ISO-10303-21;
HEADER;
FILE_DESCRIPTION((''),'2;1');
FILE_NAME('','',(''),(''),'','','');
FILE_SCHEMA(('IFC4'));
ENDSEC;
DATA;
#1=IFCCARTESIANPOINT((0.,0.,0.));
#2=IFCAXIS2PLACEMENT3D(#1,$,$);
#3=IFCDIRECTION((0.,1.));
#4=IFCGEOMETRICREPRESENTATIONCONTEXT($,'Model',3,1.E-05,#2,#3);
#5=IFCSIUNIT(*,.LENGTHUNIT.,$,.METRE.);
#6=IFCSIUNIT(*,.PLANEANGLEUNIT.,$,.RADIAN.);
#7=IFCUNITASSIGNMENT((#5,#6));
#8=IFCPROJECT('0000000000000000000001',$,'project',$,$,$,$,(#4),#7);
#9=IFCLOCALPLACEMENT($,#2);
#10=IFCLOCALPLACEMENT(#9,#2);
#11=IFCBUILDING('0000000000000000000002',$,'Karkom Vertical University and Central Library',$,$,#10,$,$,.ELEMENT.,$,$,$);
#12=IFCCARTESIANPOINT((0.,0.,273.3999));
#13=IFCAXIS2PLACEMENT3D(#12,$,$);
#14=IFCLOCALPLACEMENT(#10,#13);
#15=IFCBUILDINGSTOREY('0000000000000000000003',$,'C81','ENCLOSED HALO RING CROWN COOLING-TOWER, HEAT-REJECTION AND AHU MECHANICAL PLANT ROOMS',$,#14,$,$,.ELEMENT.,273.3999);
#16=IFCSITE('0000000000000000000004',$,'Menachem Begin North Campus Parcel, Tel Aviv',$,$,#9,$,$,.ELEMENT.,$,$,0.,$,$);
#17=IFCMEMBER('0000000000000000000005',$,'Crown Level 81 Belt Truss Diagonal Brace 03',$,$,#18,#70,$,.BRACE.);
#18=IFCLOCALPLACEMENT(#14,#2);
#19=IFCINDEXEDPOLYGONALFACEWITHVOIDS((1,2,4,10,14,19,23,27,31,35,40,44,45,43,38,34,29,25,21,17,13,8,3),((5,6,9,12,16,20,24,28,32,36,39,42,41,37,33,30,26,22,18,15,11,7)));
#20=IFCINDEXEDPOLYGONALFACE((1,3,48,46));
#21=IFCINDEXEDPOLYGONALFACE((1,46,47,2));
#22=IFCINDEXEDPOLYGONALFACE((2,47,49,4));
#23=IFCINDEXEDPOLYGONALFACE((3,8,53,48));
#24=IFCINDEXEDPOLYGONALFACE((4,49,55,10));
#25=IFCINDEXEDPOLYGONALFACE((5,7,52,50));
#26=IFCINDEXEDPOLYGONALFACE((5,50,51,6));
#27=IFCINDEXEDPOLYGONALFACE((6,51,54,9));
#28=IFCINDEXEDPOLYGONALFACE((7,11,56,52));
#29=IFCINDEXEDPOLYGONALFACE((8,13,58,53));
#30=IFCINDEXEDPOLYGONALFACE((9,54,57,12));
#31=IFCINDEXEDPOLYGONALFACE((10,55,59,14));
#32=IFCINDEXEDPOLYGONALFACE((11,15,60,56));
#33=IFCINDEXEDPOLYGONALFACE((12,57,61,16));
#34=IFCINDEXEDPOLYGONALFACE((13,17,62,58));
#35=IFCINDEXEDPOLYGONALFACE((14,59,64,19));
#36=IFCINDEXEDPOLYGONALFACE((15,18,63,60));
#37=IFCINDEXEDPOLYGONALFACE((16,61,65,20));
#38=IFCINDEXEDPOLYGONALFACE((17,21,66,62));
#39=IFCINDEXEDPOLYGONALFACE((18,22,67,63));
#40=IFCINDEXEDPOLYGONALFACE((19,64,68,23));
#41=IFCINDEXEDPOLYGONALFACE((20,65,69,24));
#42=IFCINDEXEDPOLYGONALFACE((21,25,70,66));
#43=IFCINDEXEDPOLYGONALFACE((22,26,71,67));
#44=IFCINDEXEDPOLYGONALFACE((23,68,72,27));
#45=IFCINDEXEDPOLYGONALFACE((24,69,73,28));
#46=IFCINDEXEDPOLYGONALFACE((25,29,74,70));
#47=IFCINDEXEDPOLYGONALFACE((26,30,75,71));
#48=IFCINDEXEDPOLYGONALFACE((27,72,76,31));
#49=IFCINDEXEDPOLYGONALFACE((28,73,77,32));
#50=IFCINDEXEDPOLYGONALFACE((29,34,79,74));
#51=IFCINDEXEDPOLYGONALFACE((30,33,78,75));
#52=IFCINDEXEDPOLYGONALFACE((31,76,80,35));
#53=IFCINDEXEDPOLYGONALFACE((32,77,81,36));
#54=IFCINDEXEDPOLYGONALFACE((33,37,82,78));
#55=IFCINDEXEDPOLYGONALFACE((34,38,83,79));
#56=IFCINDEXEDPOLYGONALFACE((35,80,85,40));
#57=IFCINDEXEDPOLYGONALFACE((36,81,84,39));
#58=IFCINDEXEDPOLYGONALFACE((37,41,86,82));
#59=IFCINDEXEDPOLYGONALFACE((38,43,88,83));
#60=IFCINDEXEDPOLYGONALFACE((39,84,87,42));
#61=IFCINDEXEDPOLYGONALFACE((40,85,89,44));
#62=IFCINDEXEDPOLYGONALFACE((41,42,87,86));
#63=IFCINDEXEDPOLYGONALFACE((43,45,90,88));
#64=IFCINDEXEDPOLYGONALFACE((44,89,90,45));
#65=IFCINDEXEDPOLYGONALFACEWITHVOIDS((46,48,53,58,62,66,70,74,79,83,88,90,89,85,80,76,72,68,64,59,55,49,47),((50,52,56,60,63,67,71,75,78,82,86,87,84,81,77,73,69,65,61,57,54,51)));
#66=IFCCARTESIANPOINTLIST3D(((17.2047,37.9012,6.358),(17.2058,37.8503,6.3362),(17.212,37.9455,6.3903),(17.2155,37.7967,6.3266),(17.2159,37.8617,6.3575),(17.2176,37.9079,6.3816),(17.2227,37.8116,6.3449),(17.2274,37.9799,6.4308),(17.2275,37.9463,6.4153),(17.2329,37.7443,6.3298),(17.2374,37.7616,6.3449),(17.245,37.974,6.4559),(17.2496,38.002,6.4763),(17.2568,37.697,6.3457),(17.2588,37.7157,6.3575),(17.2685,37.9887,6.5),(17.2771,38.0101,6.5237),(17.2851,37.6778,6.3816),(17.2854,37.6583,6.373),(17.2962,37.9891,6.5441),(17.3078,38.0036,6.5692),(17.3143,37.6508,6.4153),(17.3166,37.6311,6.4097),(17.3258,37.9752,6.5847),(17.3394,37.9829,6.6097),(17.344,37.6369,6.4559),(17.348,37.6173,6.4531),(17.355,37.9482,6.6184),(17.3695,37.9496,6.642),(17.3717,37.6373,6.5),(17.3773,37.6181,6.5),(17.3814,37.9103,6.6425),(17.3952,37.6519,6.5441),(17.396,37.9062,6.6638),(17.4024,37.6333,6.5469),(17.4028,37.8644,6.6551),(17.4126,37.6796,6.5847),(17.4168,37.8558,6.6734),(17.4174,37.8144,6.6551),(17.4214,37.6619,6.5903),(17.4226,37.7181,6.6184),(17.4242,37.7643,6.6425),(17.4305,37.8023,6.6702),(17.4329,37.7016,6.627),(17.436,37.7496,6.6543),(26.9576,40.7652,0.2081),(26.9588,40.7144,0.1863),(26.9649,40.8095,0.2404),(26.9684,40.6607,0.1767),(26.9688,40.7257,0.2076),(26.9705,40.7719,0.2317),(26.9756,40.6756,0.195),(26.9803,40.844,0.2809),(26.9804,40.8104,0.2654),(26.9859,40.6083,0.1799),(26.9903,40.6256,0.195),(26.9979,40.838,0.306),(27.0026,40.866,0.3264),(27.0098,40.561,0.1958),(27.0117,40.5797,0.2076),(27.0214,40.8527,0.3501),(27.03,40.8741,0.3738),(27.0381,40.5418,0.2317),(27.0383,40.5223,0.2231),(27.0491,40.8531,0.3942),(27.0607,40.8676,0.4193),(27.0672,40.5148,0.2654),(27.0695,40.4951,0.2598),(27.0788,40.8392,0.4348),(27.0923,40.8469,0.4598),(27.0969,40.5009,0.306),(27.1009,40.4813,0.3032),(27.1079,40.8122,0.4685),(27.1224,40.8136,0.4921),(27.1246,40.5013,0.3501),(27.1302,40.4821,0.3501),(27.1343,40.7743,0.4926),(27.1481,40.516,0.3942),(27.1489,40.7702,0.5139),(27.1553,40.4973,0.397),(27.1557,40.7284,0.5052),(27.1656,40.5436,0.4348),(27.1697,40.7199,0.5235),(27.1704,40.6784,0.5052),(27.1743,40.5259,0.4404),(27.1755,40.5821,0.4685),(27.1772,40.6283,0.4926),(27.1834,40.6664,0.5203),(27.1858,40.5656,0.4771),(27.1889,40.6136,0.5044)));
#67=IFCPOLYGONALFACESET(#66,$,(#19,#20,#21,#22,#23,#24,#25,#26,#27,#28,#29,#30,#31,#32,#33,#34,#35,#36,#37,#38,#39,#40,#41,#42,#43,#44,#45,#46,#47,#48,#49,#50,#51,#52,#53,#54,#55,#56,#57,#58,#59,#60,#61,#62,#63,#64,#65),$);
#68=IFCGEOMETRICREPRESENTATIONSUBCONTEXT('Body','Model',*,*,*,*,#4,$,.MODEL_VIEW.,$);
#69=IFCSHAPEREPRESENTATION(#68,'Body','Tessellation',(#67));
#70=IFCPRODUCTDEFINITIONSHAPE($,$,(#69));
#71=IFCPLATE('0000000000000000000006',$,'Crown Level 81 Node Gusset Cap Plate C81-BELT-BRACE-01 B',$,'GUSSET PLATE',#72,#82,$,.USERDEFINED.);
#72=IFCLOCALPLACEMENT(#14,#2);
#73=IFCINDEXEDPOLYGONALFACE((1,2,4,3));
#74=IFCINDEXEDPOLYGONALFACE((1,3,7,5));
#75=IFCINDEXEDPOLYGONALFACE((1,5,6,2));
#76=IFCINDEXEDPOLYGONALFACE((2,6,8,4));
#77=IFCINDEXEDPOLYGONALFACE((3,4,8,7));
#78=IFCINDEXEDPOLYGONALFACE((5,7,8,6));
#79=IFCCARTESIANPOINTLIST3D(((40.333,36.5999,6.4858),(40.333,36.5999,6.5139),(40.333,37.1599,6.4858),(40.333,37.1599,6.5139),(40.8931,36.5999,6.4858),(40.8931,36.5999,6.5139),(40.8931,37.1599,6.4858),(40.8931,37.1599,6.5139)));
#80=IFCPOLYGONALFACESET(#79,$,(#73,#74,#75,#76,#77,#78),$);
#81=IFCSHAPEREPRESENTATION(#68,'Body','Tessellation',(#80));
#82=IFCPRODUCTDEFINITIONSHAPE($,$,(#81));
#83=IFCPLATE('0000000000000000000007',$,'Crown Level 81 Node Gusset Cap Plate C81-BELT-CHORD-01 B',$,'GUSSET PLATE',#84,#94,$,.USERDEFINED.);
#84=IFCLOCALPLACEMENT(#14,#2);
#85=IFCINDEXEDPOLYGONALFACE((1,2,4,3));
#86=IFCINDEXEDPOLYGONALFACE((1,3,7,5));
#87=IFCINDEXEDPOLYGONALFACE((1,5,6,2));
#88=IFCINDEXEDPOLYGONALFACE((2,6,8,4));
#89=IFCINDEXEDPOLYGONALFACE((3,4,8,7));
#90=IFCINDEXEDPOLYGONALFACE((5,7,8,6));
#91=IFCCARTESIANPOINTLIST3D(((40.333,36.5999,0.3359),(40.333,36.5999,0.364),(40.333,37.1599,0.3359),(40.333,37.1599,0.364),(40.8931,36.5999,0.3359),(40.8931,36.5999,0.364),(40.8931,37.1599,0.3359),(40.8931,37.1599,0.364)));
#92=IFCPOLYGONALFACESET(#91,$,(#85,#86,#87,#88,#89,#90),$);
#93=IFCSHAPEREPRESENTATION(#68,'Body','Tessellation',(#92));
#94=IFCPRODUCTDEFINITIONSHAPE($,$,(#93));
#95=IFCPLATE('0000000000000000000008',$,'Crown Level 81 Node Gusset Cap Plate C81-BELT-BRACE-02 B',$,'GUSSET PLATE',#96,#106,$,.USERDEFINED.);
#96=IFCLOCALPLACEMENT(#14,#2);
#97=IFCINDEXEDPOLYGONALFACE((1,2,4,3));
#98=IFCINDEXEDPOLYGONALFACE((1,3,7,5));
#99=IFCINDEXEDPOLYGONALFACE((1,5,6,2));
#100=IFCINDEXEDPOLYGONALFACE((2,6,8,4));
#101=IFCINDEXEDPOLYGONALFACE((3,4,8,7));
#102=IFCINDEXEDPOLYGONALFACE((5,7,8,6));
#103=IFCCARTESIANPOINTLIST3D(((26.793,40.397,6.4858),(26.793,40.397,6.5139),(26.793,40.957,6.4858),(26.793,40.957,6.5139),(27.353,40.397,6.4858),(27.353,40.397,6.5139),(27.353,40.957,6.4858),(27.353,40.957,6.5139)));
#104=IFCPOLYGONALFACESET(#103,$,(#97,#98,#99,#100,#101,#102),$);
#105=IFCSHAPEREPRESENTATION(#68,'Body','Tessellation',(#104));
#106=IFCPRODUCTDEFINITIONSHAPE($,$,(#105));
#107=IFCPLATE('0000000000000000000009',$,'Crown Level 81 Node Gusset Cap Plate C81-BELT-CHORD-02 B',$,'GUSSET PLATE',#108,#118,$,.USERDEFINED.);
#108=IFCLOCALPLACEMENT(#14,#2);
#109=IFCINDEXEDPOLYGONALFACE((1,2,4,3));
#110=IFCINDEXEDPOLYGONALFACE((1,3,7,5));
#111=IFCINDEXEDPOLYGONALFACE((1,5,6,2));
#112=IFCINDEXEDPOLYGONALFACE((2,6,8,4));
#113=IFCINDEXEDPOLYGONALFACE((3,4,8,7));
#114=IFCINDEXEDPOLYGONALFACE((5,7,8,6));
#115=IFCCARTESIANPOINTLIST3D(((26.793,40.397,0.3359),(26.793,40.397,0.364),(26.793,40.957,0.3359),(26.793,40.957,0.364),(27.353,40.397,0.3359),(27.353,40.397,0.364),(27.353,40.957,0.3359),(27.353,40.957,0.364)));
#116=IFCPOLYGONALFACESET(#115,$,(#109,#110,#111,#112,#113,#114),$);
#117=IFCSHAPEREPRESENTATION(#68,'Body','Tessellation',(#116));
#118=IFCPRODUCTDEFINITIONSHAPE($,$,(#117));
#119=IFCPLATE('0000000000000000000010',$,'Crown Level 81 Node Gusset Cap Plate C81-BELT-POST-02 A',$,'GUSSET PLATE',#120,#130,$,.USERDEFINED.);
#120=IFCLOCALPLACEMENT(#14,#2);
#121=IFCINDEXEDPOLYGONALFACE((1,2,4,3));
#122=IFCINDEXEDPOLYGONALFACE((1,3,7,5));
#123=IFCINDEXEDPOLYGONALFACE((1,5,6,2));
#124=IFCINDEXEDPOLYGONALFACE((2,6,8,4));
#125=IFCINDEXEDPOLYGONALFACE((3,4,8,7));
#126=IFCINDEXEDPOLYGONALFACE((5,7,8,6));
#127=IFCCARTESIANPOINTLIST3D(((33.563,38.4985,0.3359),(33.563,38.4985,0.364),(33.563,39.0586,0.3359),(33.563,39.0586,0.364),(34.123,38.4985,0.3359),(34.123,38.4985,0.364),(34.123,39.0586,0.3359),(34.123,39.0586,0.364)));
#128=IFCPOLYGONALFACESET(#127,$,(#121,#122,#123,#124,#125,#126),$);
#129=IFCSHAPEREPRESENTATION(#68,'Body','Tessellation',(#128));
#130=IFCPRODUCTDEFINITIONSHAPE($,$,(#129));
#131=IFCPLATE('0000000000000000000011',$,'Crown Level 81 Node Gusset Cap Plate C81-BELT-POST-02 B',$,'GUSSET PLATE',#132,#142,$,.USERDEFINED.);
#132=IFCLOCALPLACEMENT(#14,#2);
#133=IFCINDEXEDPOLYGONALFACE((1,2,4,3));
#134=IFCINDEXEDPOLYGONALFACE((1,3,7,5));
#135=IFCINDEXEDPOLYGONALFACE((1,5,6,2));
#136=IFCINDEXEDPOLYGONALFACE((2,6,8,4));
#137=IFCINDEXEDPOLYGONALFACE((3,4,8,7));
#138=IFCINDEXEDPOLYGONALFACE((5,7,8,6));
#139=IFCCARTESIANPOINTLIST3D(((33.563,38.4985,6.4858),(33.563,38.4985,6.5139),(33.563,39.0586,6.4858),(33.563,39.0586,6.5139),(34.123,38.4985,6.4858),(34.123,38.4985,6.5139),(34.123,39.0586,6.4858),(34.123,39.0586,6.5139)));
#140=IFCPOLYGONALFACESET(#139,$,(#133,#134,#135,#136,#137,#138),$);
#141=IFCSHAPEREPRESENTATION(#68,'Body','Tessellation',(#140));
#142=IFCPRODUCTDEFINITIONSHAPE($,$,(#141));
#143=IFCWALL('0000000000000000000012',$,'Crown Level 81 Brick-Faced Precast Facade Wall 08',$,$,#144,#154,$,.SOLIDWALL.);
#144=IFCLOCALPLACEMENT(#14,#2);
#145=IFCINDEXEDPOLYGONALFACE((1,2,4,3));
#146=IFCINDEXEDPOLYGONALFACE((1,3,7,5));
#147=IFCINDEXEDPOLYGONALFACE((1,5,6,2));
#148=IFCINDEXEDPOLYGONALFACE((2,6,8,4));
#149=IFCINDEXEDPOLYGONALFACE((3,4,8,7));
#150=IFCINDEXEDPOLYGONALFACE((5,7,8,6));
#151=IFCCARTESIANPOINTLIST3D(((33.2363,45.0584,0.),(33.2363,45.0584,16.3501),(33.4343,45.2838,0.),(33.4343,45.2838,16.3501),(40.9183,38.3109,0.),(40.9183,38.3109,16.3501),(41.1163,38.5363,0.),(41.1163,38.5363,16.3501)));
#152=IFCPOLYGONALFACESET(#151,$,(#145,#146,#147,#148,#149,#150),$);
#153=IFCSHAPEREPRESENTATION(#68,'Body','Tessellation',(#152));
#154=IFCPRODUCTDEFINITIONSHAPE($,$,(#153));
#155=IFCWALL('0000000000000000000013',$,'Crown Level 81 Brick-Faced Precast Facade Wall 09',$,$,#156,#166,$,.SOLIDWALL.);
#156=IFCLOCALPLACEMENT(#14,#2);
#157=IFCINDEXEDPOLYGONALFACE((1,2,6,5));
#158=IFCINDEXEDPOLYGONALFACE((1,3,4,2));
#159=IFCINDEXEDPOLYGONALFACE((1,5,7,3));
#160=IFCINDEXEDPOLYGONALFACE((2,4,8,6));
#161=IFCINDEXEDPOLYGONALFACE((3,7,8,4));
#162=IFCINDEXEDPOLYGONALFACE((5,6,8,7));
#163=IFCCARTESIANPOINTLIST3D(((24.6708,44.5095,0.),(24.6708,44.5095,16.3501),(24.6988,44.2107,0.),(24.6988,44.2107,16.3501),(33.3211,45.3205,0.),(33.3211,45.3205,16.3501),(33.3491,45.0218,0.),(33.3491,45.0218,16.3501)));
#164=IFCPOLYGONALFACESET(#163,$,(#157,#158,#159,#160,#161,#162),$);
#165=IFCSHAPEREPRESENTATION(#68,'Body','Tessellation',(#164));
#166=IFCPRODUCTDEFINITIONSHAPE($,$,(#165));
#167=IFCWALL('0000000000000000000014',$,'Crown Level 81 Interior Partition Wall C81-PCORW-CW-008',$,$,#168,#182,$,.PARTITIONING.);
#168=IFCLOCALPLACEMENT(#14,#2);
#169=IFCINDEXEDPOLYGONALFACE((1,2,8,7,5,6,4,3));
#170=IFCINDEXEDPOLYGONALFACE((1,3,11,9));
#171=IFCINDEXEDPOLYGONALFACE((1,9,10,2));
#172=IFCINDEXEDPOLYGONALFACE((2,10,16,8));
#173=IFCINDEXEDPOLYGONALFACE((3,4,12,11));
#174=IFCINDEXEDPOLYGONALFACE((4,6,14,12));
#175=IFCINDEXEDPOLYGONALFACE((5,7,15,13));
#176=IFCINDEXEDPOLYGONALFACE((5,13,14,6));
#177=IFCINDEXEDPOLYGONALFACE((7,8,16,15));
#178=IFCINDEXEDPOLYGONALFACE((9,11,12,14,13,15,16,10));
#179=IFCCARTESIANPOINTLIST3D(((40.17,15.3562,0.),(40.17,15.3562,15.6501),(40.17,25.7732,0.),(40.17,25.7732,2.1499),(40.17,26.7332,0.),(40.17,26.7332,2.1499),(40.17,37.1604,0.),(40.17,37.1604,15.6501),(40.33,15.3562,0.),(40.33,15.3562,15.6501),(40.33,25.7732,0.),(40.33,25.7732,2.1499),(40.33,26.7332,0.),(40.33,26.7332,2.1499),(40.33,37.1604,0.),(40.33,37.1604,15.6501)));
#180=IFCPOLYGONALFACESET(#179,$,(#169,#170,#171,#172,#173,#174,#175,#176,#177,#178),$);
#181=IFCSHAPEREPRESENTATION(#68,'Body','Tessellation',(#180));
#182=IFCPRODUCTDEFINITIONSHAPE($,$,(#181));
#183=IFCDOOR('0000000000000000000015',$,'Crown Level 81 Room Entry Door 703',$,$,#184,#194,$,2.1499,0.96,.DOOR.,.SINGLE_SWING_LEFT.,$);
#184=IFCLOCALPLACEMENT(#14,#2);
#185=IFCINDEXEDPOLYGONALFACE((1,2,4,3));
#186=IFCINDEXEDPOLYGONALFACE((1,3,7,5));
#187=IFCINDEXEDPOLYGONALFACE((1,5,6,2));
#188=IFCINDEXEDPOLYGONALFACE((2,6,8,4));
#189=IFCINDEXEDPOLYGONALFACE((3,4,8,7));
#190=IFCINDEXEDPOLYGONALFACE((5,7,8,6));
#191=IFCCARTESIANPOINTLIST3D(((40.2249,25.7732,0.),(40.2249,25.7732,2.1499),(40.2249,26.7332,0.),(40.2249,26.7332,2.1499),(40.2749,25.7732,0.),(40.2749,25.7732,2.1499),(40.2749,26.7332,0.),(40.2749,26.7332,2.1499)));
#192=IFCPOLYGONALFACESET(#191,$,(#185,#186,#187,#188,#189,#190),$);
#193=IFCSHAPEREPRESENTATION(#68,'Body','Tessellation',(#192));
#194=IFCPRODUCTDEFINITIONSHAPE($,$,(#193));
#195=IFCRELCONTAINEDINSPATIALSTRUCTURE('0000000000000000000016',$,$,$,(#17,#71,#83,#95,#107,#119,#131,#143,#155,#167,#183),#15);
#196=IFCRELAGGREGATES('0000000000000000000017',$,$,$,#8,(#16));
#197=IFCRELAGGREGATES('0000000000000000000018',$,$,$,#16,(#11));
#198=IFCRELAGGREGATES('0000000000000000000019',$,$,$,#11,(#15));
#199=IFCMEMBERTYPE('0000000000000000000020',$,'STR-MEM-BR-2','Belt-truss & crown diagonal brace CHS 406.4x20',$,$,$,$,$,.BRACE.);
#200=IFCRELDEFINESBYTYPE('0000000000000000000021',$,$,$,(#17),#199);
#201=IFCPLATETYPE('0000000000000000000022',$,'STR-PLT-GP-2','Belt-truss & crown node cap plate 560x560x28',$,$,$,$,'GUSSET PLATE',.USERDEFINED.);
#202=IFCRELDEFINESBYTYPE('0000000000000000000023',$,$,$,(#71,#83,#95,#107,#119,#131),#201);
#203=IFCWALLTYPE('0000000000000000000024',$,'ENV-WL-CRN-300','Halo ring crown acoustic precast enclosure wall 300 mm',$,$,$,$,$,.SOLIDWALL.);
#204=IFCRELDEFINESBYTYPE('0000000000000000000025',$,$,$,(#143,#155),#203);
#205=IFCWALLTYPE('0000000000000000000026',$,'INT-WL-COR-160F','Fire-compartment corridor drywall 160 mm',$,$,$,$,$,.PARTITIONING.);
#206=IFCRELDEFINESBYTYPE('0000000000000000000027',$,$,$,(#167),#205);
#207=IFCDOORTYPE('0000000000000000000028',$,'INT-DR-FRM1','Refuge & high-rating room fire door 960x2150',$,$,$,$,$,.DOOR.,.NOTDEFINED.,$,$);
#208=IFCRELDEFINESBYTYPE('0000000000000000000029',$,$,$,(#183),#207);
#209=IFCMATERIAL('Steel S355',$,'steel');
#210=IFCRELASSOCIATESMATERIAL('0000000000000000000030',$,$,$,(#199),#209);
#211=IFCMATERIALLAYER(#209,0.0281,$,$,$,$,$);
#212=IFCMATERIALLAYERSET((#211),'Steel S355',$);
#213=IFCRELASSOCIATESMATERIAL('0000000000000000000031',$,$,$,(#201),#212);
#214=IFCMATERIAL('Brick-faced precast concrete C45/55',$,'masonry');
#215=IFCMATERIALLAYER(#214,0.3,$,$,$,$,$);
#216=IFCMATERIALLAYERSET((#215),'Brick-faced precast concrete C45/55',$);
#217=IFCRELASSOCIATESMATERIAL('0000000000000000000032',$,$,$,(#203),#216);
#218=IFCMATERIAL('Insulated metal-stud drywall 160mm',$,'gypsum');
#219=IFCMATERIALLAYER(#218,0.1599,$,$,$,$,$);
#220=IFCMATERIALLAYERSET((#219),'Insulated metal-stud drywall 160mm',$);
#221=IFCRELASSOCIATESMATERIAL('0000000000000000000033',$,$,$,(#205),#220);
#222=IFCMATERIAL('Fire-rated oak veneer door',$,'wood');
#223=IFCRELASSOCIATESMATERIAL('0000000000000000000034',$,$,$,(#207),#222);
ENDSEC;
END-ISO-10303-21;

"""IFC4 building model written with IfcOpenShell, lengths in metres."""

from ifc_helpers import new_model, si_unit, direction, frame, frame_2d, origin, origin_with_axes, origin_2d, place, context, subcontext, project, spatial, rectangle, hollow_circle, extrude, source, transform, mapped, material, layer, layer_set, material_profile, profile_set, type_object, element, fill, save


model = new_model("IFC4")

# Units and contexts
model_context = context("Model", 3, precision=1e-05, world=origin(), true_north=direction((0.0, 1.0)))
body_context = subcontext(model_context, "Body", "Model", "MODEL_VIEW")
ifc_project = project(units=[si_unit("LENGTHUNIT", "METRE"), si_unit("PLANEANGLEUNIT", "RADIAN")], contexts=[model_context])

# Site, building, storey
site_placement = place(None, origin())
site = spatial("IfcSite", under=ifc_project, at=site_placement, Name="Menachem Begin North Campus Parcel, Tel Aviv", CompositionType="ELEMENT", RefElevation=0.0)
building_placement = place(site_placement, origin())
building = spatial("IfcBuilding", under=site, at=building_placement, Name="Karkom Vertical University and Central Library", CompositionType="ELEMENT")
storey_placement = place(building_placement, frame((0.0, 0.0, 273.3999)))
storey = spatial("IfcBuildingStorey", under=building, at=storey_placement, Name="C81", Description="ENCLOSED HALO RING CROWN COOLING-TOWER, HEAT-REJECTION AND AHU MECHANICAL PLANT ROOMS", CompositionType="ELEMENT", Elevation=273.3999)

# Shared definitions
ifc_material_1 = material(Name="Steel S355", Category="steel")

# Member
ifc_material_profile_1 = material_profile(ifc_material_1, hollow_circle(Radius=0.2031, WallThickness=0.02, at=origin_2d()), Name="CHS 406.4x20")
ifc_profile_set_1 = profile_set([ifc_material_profile_1], Name="Steel S355")
member_type_1 = type_object("IfcMemberType", Name="STR-MEM-BR-2", Description="Belt-truss & crown diagonal brace CHS 406.4x20", PredefinedType="BRACE", material=ifc_profile_set_1)
shared_shape_1 = source(origin_with_axes(), body_context, "Body", "SweptSolid", [
    extrude(hollow_circle(Radius=0.2031, WallThickness=0.02, at=origin_2d()), origin(), (0.0, 0.0, 1.0), 11.8804),
])
member_1_placement = place(storey_placement, frame((27.073, 40.677, 0.3501), z_axis=(-0.820927, -0.241071, 0.517652), x_axis=(0.281759, -0.959485, 0.0)))
element("IfcMember", 1, at=member_1_placement, inside=storey, type_object=member_type_1, Name="Crown Level 81 Belt Truss Diagonal Brace 03", PredefinedType="BRACE", context=body_context, shape_type="MappedRepresentation", body=[
    mapped(shared_shape_1, transform((0.0, 0.0, 0.0), scale=1.0)),
])

# Plates
ifc_layer_1 = layer(ifc_material_1, 0.0281)
ifc_layer_set_1 = layer_set([ifc_layer_1], Name="Steel S355")
plate_type = type_object("IfcPlateType", Name="STR-PLT-GP-2", Description="Belt-truss & crown node cap plate 560x560x28", ElementType="GUSSET PLATE", PredefinedType="USERDEFINED", material=ifc_layer_set_1)
shared_shape_2 = source(origin_with_axes(), body_context, "Body", "SweptSolid", [
    extrude(rectangle(XDim=0.5601, YDim=0.5601, at=origin_2d()), origin(), (0.0, 0.0, 1.0), 0.0281),
])
for number, where, z_axis, x_axis, name in (
    (2, (40.613, 36.8799, 6.4858), (0.0, 0.0, 1.0), (1.0, 0.0, 0.0), "Crown Level 81 Node Gusset Cap Plate C81-BELT-BRACE-01 B"),
    (3, (40.613, 36.8799, 0.3359), (0.0, 0.0, 1.0), (1.0, 0.0, 0.0), "Crown Level 81 Node Gusset Cap Plate C81-BELT-CHORD-01 B"),
    (4, (27.073, 40.677, 6.4858), (0.0, 0.0, 1.0), (1.0, 0.0, 0.0), "Crown Level 81 Node Gusset Cap Plate C81-BELT-BRACE-02 B"),
    (5, (27.073, 40.677, 0.3359), (0.0, 0.0, 1.0), (1.0, 0.0, 0.0), "Crown Level 81 Node Gusset Cap Plate C81-BELT-CHORD-02 B"),
    (6, (33.843, 38.7786, 0.3359), (0.0, 0.0, 1.0), (1.0, 0.0, 0.0), "Crown Level 81 Node Gusset Cap Plate C81-BELT-POST-02 A"),
    (7, (33.843, 38.7786, 6.4858), (0.0, 0.0, 1.0), (1.0, 0.0, 0.0), "Crown Level 81 Node Gusset Cap Plate C81-BELT-POST-02 B"),
):
    element("IfcPlate", number, at=place(storey_placement, frame(where, z_axis=z_axis, x_axis=x_axis)), inside=storey, type_object=plate_type, Name=name, ObjectType="GUSSET PLATE", PredefinedType="USERDEFINED", context=body_context, shape_type="MappedRepresentation", body=[
        mapped(shared_shape_2, transform((0.0, 0.0, 0.0), scale=1.0)),
    ])

# Walls
ifc_material_2 = material(Name="Brick-faced precast concrete C45/55", Category="masonry")
ifc_layer_2 = layer(ifc_material_2, 0.3)
ifc_layer_set_2 = layer_set([ifc_layer_2], Name="Brick-faced precast concrete C45/55")
wall_type_1 = type_object("IfcWallType", Name="ENV-WL-CRN-300", Description="Halo ring crown acoustic precast enclosure wall 300 mm", PredefinedType="SOLIDWALL", material=ifc_layer_set_2)
wall_1_placement = place(storey_placement, frame((41.0173, 38.4236, 0.0), z_axis=(0.0, 0.0, 1.0), x_axis=(-0.75133, 0.659927, 0.0)))
element("IfcWall", 8, at=wall_1_placement, inside=storey, type_object=wall_type_1, Name="Crown Level 81 Brick-Faced Precast Facade Wall 08", PredefinedType="SOLIDWALL", context=body_context, shape_type="SweptSolid", body=[
    extrude(rectangle(XDim=10.2246, YDim=0.3, at=frame_2d((5.1123, 0.0))), origin(), (0.0, 0.0, 1.0), 16.3501),
])
wall_2_placement = place(storey_placement, frame((33.3352, 45.1711, 0.0), z_axis=(0.0, 0.0, 1.0), x_axis=(-0.995634, -0.093348, 0.0)))
element("IfcWall", 9, at=wall_2_placement, inside=storey, type_object=wall_type_1, Name="Crown Level 81 Brick-Faced Precast Facade Wall 09", PredefinedType="SOLIDWALL", context=body_context, shape_type="SweptSolid", body=[
    extrude(rectangle(XDim=8.6882, YDim=0.3, at=frame_2d((4.3442, 0.0))), origin(), (0.0, 0.0, 1.0), 16.3501),
])

# Wall, opening, door
ifc_material_3 = material(Name="Insulated metal-stud drywall 160mm", Category="gypsum")
ifc_layer_3 = layer(ifc_material_3, 0.1599)
ifc_layer_set_3 = layer_set([ifc_layer_3], Name="Insulated metal-stud drywall 160mm")
wall_type_2 = type_object("IfcWallType", Name="INT-WL-COR-160F", Description="Fire-compartment corridor drywall 160 mm", PredefinedType="PARTITIONING", material=ifc_layer_set_3)
wall_3_placement = place(storey_placement, frame((40.25, 37.1604, 0.0), z_axis=(0.0, 0.0, 1.0), x_axis=(0.0, -1.0, 0.0)))
wall_3 = element("IfcWall", 10, at=wall_3_placement, inside=storey, type_object=wall_type_2, Name="Crown Level 81 Interior Partition Wall C81-PCORW-CW-008", PredefinedType="PARTITIONING", context=body_context, shape_type="SweptSolid", body=[
    extrude(rectangle(XDim=21.8042, YDim=0.1599, at=frame_2d((10.9021, 0.0))), origin(), (0.0, 0.0, 1.0), 15.6501),
])
opening_placement = place(wall_3_placement, frame((10.4272, 0.0, 0.0)))
opening = element("IfcOpeningElement", 11, at=opening_placement, cuts=wall_3, PredefinedType="OPENING", context=body_context, shape_type="SweptSolid", body=[
    extrude(rectangle(XDim=0.96, YDim=2.1499, at=frame_2d((0.48, 1.075))), frame((0.0, 0.0898, 0.0), z_axis=(0.0, -1.0, 0.0), x_axis=(1.0, 0.0, 0.0)), (0.0, 0.0, 1.0), 0.1799),
])
ifc_material_4 = material(Name="Fire-rated oak veneer door", Category="wood")
door_type = type_object("IfcDoorType", Name="INT-DR-FRM1", Description="Refuge & high-rating room fire door 960x2150", OperationType="NOTDEFINED", PredefinedType="DOOR", material=ifc_material_4)
shared_shape_3 = source(origin_with_axes(), body_context, "Body", "SweptSolid", [
    extrude(rectangle(XDim=0.96, YDim=2.1499, at=frame_2d((0.48, 1.075))), frame((0.0, 0.0249, 0.0), z_axis=(0.0, -1.0, 0.0), x_axis=(1.0, 0.0, 0.0)), (0.0, 0.0, 1.0), 0.05),
])
door_placement = place(opening_placement, origin())
door = element("IfcDoor", 12, at=door_placement, inside=storey, type_object=door_type, Name="Crown Level 81 Room Entry Door 703", OperationType="SINGLE_SWING_LEFT", OverallHeight=2.1499, OverallWidth=0.96, PredefinedType="DOOR", context=body_context, shape_type="MappedRepresentation", body=[
    mapped(shared_shape_3, transform((0.0, 0.0, 0.0), scale=1.0)),
])
fill(opening, door)

save(model, "model.ifc")
